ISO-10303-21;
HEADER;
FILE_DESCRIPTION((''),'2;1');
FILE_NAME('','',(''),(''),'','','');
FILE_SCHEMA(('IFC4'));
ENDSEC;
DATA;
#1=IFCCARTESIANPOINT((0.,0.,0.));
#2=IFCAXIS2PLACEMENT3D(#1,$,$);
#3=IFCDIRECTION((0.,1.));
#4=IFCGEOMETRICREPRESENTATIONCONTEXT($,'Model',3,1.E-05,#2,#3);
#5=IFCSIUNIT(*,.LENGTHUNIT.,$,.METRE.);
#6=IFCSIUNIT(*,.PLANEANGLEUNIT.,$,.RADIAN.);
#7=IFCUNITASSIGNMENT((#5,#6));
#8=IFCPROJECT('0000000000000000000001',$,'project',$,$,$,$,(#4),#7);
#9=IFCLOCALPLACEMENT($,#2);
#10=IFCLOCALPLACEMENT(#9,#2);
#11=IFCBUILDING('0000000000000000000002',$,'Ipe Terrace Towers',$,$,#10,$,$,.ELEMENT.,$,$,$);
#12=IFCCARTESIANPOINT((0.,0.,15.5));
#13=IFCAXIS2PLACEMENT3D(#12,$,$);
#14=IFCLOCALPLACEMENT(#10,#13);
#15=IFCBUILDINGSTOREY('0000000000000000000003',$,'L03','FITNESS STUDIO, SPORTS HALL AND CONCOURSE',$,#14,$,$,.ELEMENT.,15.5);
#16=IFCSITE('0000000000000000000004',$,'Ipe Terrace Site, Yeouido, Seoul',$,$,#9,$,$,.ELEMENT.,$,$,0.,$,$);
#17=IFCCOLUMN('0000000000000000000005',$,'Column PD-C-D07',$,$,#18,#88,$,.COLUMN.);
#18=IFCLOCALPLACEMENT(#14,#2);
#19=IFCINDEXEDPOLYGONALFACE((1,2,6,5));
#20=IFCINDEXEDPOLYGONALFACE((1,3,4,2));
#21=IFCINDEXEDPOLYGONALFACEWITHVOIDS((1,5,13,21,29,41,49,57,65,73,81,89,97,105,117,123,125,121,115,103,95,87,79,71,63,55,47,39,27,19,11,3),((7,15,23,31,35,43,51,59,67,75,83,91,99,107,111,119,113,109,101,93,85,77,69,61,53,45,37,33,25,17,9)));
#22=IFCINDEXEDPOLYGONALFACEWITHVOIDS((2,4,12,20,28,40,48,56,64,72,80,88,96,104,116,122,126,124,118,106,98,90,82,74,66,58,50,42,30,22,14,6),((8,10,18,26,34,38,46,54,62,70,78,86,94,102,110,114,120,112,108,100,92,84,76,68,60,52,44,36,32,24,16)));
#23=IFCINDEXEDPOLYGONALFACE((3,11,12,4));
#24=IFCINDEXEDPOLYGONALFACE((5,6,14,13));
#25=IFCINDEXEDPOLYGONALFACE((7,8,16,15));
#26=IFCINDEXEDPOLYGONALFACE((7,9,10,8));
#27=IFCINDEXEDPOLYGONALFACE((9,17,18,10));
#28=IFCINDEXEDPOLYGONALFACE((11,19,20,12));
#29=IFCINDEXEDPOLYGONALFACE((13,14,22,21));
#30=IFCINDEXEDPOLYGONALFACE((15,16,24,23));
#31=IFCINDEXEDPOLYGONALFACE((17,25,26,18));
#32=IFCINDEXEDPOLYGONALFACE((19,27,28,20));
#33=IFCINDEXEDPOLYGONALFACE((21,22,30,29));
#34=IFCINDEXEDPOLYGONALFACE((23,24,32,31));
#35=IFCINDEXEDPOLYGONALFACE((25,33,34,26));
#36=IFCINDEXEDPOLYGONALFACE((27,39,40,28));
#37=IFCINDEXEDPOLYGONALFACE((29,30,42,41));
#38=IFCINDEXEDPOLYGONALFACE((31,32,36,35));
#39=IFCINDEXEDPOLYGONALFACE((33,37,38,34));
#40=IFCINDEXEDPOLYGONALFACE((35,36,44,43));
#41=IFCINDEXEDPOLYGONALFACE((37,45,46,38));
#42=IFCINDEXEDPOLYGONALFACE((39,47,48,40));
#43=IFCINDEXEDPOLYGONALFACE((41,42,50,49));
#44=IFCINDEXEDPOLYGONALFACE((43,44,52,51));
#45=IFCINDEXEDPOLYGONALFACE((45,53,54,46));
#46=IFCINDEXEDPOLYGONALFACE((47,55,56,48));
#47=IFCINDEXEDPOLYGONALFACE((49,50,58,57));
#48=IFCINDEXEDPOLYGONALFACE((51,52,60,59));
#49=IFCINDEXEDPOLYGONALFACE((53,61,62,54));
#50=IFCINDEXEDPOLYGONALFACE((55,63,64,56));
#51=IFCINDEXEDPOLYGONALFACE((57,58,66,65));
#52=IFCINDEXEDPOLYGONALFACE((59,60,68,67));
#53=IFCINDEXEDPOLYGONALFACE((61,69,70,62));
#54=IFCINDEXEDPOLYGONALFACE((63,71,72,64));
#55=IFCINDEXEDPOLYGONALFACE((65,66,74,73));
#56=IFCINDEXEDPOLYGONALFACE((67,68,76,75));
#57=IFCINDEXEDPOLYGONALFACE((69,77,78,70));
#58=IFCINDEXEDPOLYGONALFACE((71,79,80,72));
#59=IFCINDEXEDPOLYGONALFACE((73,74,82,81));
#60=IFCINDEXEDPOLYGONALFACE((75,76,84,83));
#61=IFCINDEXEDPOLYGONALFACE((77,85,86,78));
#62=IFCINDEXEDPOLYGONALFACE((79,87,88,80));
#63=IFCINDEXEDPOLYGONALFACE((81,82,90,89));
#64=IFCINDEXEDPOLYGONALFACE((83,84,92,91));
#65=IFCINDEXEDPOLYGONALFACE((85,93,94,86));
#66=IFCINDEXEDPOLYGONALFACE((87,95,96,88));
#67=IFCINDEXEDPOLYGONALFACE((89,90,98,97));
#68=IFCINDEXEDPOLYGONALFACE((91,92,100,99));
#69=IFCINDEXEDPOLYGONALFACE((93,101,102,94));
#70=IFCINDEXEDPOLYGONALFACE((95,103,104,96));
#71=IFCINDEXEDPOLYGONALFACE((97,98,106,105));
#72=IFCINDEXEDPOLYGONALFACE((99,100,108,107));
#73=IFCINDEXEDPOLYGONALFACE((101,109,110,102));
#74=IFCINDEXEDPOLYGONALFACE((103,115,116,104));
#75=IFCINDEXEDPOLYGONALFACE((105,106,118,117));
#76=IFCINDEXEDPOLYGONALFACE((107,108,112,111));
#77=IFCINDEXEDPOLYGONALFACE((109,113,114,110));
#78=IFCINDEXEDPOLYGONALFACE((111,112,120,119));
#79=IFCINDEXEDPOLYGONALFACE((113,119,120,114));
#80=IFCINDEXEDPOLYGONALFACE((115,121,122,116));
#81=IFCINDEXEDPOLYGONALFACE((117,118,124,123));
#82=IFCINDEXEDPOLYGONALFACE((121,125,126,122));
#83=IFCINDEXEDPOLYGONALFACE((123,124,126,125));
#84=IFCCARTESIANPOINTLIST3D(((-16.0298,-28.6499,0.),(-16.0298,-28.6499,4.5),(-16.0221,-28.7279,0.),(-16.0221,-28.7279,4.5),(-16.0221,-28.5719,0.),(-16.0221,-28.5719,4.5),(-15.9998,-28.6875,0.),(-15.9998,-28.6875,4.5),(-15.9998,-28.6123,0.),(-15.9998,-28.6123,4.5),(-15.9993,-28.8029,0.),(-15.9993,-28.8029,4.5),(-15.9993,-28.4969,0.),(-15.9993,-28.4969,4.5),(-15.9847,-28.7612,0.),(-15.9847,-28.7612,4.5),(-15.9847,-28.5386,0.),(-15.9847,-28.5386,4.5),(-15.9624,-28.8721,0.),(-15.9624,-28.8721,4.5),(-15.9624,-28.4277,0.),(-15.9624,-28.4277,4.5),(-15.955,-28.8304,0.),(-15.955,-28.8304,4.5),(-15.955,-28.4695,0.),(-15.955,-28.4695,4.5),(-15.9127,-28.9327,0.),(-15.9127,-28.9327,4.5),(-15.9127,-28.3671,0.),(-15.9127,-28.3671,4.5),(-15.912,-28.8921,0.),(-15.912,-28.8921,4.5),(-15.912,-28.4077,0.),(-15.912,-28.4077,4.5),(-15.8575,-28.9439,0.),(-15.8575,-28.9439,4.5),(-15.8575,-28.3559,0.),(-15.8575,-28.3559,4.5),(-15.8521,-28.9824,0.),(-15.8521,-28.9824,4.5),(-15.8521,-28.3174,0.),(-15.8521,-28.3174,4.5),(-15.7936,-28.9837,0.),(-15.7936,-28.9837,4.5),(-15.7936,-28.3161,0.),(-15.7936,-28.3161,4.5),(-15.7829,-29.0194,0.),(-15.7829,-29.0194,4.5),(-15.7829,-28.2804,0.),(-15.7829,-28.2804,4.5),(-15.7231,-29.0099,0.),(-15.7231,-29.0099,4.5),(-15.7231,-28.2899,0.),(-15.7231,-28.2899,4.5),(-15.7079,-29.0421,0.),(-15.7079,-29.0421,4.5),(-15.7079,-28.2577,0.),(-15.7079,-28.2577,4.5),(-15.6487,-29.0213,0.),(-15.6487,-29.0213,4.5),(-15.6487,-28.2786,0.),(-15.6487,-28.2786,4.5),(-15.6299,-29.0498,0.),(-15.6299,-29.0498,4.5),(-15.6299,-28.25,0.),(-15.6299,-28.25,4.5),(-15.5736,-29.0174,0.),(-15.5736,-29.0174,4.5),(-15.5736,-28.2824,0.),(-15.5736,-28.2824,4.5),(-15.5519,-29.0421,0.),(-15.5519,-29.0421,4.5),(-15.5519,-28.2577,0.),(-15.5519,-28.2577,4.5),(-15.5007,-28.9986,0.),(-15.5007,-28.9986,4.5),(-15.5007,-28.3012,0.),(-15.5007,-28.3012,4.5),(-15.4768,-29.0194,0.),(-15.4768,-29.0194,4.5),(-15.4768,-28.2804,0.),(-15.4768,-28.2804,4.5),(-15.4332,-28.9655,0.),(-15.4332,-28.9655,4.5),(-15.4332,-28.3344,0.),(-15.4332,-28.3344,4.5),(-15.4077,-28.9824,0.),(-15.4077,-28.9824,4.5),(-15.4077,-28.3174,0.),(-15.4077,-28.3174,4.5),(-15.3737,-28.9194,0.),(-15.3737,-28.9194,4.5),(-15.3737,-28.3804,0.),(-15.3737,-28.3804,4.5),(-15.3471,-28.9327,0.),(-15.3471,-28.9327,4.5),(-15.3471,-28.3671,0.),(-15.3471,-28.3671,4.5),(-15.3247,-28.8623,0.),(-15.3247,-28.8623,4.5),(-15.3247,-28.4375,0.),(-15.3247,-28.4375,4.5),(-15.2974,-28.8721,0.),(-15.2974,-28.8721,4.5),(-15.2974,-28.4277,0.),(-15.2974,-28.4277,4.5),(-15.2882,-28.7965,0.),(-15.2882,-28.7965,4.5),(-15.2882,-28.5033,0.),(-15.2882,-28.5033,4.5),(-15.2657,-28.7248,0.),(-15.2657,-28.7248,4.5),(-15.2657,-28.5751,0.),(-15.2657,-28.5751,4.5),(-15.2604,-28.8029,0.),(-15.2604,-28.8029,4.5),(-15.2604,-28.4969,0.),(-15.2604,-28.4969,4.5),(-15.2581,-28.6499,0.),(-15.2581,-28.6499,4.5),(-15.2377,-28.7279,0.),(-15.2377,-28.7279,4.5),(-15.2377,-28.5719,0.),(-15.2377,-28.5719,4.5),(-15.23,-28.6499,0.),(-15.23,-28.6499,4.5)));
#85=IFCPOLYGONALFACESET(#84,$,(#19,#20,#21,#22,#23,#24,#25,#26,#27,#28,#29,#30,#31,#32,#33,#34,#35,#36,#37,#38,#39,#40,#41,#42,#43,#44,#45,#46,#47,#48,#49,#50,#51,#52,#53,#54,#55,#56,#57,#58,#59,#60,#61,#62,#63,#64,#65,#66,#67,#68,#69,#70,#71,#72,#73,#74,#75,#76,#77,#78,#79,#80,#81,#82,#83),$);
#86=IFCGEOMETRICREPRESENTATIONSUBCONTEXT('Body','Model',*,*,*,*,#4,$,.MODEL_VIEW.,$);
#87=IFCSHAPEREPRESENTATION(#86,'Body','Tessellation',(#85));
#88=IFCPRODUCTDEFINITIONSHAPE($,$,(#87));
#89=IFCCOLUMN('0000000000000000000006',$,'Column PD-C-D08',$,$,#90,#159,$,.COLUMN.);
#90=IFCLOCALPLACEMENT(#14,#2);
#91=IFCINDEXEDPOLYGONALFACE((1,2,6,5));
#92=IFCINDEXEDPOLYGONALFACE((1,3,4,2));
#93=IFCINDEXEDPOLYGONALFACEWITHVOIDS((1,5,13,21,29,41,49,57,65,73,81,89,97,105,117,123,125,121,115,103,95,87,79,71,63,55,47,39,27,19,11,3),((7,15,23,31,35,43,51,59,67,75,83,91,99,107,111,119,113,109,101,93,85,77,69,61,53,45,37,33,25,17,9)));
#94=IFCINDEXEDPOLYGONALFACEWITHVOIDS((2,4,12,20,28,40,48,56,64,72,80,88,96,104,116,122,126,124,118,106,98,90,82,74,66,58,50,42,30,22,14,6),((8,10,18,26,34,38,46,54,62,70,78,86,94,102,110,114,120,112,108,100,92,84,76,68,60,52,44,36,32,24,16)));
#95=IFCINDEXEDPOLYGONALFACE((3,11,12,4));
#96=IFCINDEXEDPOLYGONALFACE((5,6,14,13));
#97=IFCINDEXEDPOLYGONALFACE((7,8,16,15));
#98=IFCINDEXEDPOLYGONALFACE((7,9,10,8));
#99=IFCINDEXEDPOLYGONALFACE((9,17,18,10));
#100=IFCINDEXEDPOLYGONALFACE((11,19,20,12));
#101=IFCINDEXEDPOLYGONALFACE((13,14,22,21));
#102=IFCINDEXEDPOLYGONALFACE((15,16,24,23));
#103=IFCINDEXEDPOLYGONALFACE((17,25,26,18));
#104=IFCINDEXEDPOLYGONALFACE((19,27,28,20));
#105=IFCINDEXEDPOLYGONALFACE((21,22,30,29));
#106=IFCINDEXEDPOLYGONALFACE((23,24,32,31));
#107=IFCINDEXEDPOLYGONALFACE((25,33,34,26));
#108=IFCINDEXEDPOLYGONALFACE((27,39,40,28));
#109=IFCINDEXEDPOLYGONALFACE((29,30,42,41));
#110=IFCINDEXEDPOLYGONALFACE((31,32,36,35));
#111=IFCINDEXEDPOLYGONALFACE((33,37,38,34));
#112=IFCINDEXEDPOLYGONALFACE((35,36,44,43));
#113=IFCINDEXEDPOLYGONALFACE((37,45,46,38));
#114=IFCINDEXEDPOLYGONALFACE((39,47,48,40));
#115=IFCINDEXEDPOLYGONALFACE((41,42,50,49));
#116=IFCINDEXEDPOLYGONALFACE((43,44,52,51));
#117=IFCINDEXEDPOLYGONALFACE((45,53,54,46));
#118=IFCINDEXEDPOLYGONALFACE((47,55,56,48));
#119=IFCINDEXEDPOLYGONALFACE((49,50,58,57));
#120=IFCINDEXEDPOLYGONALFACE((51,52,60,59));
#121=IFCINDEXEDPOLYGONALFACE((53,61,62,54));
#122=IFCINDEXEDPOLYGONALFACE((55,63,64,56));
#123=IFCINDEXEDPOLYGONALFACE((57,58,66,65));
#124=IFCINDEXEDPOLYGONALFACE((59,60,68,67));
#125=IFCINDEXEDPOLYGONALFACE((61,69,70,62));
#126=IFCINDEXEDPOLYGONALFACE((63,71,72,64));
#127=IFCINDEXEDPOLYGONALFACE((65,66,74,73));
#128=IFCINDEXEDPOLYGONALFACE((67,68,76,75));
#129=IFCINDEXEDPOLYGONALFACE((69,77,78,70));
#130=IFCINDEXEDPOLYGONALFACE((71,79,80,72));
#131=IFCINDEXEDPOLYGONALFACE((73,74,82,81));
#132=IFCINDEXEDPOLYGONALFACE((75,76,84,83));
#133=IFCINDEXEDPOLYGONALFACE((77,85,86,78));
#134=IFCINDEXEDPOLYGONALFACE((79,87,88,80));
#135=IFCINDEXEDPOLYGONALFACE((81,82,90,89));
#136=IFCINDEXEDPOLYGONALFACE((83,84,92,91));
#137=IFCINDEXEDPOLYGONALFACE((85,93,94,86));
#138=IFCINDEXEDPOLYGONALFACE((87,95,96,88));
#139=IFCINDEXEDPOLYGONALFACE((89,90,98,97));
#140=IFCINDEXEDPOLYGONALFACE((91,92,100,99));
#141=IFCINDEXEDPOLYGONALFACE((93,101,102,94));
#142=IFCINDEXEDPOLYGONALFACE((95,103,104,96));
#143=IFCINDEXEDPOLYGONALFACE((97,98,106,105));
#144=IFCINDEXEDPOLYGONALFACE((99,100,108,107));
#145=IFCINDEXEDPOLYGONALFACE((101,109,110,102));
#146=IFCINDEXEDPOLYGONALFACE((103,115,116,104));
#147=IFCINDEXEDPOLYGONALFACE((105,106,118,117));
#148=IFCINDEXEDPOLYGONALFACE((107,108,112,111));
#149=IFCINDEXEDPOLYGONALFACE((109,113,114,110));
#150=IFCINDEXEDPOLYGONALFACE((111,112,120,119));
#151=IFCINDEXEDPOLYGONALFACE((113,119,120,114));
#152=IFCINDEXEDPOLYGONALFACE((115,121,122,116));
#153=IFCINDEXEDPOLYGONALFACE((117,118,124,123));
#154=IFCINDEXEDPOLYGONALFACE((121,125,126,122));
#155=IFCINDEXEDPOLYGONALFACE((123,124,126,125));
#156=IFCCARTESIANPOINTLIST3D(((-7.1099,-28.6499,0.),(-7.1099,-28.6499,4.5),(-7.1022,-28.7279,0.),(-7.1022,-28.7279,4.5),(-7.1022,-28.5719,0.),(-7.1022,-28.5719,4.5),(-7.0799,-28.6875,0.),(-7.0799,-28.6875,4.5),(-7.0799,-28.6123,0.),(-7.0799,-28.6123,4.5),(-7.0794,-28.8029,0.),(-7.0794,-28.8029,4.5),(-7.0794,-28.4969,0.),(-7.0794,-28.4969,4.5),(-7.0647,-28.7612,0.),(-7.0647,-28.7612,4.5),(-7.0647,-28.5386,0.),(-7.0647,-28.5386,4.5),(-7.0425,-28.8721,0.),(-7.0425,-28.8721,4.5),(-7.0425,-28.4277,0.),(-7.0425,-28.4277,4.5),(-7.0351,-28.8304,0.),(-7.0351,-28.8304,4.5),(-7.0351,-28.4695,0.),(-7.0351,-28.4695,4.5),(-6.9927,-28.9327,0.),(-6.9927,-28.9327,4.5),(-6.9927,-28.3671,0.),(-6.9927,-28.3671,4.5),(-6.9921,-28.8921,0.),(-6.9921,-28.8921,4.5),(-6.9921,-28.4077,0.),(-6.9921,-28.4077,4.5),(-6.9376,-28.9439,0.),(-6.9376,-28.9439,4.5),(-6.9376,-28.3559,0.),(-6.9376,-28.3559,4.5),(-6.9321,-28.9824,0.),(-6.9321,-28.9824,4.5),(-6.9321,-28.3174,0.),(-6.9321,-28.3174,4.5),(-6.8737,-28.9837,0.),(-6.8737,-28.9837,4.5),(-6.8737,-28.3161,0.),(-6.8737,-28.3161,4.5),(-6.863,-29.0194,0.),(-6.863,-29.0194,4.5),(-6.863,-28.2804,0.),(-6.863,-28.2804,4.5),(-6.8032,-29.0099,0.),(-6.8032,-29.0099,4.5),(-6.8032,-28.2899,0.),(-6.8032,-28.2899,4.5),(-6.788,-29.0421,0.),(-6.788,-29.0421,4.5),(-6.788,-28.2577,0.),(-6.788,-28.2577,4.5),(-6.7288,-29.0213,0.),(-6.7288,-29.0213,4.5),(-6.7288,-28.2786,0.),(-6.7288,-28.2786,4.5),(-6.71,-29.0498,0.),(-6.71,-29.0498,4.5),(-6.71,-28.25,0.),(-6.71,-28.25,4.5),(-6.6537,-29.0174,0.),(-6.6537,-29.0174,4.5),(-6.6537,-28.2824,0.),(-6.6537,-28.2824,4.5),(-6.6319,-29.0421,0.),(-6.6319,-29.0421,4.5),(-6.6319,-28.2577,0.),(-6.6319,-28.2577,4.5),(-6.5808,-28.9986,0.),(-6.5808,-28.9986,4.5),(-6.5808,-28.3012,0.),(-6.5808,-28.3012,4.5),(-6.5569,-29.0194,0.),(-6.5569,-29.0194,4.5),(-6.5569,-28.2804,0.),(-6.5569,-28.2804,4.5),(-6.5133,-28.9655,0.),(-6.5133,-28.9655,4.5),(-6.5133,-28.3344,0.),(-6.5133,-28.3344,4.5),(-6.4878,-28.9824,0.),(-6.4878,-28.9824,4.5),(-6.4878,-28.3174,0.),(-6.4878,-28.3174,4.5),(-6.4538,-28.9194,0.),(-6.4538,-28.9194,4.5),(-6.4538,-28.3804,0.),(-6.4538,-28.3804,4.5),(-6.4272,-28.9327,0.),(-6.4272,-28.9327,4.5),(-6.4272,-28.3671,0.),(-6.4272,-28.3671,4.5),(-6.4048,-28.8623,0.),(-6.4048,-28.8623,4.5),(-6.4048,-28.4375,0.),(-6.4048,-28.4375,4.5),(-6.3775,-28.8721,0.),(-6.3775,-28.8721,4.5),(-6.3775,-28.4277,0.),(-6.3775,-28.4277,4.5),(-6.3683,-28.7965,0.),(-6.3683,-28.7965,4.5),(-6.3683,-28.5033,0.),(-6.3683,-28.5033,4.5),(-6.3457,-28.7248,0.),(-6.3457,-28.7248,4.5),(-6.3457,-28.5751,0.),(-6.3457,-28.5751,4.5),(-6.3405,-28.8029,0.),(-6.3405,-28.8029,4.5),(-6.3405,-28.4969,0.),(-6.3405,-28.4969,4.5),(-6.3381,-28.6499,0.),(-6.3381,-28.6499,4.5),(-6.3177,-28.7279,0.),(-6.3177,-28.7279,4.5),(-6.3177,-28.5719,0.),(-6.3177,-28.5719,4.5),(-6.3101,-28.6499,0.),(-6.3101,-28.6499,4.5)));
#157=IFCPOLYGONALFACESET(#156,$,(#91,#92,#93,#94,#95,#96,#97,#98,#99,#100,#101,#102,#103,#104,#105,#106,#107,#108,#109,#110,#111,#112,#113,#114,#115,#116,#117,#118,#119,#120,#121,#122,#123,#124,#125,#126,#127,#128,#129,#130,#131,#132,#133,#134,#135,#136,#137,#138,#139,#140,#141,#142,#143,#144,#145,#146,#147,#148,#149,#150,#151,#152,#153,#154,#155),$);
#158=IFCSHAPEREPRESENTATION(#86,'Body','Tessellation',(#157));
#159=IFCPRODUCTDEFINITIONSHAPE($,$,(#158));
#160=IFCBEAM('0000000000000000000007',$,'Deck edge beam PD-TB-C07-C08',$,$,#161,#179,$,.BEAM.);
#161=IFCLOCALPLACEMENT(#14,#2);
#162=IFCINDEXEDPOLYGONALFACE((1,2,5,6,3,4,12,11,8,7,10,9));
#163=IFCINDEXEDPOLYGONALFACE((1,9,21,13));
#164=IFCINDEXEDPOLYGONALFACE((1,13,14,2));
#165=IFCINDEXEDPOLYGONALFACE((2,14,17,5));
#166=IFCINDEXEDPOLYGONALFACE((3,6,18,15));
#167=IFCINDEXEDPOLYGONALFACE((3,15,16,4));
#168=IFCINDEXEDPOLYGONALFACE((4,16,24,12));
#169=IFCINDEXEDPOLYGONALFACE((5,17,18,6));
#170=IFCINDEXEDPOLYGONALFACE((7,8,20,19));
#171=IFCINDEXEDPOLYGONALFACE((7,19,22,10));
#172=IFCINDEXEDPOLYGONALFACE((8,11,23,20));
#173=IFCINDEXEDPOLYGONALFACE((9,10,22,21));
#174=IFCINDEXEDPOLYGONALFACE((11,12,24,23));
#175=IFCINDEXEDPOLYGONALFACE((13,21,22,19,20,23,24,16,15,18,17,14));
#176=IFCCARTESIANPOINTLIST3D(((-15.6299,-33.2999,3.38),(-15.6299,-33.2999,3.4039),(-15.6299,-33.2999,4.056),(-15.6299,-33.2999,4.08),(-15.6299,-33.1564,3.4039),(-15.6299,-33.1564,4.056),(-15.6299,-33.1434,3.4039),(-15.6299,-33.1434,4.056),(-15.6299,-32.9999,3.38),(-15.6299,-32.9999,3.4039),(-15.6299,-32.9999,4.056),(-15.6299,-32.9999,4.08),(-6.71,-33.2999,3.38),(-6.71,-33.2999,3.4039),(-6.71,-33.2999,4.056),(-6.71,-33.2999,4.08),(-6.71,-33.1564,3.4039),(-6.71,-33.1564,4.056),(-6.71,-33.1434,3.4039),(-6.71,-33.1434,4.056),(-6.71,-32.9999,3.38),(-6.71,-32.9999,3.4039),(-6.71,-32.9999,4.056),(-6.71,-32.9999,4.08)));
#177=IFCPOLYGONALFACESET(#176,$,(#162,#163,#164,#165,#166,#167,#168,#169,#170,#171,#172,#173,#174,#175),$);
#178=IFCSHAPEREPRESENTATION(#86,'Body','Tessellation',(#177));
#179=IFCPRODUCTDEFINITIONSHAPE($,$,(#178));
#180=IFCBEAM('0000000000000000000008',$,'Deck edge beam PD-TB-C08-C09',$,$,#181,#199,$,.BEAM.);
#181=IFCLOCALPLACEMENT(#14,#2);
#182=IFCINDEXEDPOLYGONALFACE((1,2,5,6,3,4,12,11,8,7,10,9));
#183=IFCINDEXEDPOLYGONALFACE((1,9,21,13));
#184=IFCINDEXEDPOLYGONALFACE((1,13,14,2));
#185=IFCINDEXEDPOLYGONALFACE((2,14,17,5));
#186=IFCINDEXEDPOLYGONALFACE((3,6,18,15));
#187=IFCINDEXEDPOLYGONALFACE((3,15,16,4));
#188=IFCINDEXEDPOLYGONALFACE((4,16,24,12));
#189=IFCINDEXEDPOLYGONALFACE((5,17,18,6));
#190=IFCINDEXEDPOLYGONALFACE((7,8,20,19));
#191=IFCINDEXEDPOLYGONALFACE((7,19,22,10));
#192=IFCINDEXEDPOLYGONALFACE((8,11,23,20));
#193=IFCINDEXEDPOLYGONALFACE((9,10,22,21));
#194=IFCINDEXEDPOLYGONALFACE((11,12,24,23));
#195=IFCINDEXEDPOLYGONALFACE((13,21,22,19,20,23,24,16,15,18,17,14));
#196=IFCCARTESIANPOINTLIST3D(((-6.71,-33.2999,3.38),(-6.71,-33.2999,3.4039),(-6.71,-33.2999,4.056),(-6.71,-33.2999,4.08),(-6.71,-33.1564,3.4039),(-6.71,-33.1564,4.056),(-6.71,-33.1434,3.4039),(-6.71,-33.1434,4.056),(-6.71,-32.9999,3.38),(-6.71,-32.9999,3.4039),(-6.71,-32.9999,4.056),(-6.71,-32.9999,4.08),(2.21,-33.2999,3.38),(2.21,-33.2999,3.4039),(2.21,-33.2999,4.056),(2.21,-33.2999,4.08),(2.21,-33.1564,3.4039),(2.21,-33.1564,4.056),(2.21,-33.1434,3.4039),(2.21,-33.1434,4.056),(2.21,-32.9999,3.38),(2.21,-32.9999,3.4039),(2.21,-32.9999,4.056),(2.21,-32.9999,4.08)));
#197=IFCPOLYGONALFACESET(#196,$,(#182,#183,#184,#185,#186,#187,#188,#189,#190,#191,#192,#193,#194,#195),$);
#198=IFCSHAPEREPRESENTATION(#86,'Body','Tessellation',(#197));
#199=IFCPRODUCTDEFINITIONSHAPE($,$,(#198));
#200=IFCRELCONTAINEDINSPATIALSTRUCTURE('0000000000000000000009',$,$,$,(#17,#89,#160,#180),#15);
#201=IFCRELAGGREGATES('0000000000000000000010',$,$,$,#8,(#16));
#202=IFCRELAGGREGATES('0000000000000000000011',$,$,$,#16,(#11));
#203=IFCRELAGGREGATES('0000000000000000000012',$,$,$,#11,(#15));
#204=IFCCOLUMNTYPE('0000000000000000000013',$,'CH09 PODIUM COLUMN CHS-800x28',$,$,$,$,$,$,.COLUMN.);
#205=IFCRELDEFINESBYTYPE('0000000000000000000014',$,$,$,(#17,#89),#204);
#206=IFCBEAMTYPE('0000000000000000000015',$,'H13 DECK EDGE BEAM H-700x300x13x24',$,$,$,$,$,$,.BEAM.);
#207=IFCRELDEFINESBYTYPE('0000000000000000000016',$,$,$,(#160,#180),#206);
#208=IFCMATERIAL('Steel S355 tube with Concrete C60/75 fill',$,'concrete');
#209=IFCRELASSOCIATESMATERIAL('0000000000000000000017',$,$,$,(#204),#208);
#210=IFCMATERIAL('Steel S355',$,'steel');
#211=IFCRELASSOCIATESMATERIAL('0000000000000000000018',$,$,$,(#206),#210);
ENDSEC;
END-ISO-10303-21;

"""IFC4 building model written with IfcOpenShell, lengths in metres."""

from ifc_helpers import new_model, si_unit, direction, frame, origin, origin_2d, place, context, subcontext, project, spatial, hollow_circle, i_section, extrude, material, material_profile, profile_set, type_object, element, save


model = new_model("IFC4")

# Units and contexts
model_context = context("Model", 3, precision=1e-05, world=origin(), true_north=direction((0.0, 1.0)))
body_context = subcontext(model_context, "Body", "Model", "MODEL_VIEW")
ifc_project = project(units=[si_unit("LENGTHUNIT", "METRE"), si_unit("PLANEANGLEUNIT", "RADIAN")], contexts=[model_context])

# Site, building, storey
site_placement = place(None, origin())
site = spatial("IfcSite", under=ifc_project, at=site_placement, Name="Ipe Terrace Site, Yeouido, Seoul", CompositionType="ELEMENT", RefElevation=0.0)
building_placement = place(site_placement, origin())
building = spatial("IfcBuilding", under=site, at=building_placement, Name="Ipe Terrace Towers", CompositionType="ELEMENT")
storey_placement = place(building_placement, frame((0.0, 0.0, 15.5)))
storey = spatial("IfcBuildingStorey", under=building, at=storey_placement, Name="L03", Description="FITNESS STUDIO, SPORTS HALL AND CONCOURSE", CompositionType="ELEMENT", Elevation=15.5)

# Columns
ifc_material_1 = material(Name="Steel S355 tube with Concrete C60/75 fill", Category="concrete")
ifc_material_profile_1 = material_profile(ifc_material_1, hollow_circle(Radius=0.3999, WallThickness=0.0281, at=origin_2d()), Name="CHS-800x28")
ifc_profile_set_1 = profile_set([ifc_material_profile_1], Name="Steel S355 tube with Concrete C60/75 fill")
column_type = type_object("IfcColumnType", Name="CH09 PODIUM COLUMN CHS-800x28", PredefinedType="COLUMN", material=ifc_profile_set_1)
for number, where, z_axis, x_axis, name in (
    (1, (-15.6299, -28.6499, 0.0), (0.0, 0.0, 1.0), (1.0, 0.0, 0.0), "Column PD-C-D07"),
    (2, (-6.71, -28.6499, 0.0), (0.0, 0.0, 1.0), (1.0, 0.0, 0.0), "Column PD-C-D08"),
):
    element("IfcColumn", number, at=place(storey_placement, frame(where, z_axis=z_axis, x_axis=x_axis)), inside=storey, type_object=column_type, Name=name, PredefinedType="COLUMN", context=body_context, shape_type="SweptSolid", body=[
        extrude(hollow_circle(Radius=0.3999, WallThickness=0.0281, at=origin_2d()), origin(), (0.0, 0.0, 1.0), 4.5),
    ])

# Beams
ifc_material_2 = material(Name="Steel S355", Category="steel")
ifc_material_profile_2 = material_profile(ifc_material_2, i_section(OverallWidth=0.3, OverallDepth=0.7, WebThickness=0.0129, FlangeThickness=0.0239, at=origin_2d()), Name="H-700x300x13x24")
ifc_profile_set_2 = profile_set([ifc_material_profile_2], Name="Steel S355")
beam_type = type_object("IfcBeamType", Name="H13 DECK EDGE BEAM H-700x300x13x24", PredefinedType="BEAM", material=ifc_profile_set_2)
for number, where, z_axis, x_axis, name in (
    (3, (-15.6299, -33.1499, 3.73), (1.0, 0.0, 0.0), (0.0, 1.0, 0.0), "Deck edge beam PD-TB-C07-C08"),
    (4, (-6.71, -33.1499, 3.73), (1.0, 0.0, 0.0), (0.0, 1.0, 0.0), "Deck edge beam PD-TB-C08-C09"),
):
    element("IfcBeam", number, at=place(storey_placement, frame(where, z_axis=z_axis, x_axis=x_axis)), inside=storey, type_object=beam_type, Name=name, PredefinedType="BEAM", context=body_context, shape_type="SweptSolid", body=[
        extrude(i_section(OverallWidth=0.3, OverallDepth=0.7, WebThickness=0.0129, FlangeThickness=0.0239, at=origin_2d()), origin(), (0.0, 0.0, 1.0), 8.9199),
    ])

save(model, "model.ifc")
